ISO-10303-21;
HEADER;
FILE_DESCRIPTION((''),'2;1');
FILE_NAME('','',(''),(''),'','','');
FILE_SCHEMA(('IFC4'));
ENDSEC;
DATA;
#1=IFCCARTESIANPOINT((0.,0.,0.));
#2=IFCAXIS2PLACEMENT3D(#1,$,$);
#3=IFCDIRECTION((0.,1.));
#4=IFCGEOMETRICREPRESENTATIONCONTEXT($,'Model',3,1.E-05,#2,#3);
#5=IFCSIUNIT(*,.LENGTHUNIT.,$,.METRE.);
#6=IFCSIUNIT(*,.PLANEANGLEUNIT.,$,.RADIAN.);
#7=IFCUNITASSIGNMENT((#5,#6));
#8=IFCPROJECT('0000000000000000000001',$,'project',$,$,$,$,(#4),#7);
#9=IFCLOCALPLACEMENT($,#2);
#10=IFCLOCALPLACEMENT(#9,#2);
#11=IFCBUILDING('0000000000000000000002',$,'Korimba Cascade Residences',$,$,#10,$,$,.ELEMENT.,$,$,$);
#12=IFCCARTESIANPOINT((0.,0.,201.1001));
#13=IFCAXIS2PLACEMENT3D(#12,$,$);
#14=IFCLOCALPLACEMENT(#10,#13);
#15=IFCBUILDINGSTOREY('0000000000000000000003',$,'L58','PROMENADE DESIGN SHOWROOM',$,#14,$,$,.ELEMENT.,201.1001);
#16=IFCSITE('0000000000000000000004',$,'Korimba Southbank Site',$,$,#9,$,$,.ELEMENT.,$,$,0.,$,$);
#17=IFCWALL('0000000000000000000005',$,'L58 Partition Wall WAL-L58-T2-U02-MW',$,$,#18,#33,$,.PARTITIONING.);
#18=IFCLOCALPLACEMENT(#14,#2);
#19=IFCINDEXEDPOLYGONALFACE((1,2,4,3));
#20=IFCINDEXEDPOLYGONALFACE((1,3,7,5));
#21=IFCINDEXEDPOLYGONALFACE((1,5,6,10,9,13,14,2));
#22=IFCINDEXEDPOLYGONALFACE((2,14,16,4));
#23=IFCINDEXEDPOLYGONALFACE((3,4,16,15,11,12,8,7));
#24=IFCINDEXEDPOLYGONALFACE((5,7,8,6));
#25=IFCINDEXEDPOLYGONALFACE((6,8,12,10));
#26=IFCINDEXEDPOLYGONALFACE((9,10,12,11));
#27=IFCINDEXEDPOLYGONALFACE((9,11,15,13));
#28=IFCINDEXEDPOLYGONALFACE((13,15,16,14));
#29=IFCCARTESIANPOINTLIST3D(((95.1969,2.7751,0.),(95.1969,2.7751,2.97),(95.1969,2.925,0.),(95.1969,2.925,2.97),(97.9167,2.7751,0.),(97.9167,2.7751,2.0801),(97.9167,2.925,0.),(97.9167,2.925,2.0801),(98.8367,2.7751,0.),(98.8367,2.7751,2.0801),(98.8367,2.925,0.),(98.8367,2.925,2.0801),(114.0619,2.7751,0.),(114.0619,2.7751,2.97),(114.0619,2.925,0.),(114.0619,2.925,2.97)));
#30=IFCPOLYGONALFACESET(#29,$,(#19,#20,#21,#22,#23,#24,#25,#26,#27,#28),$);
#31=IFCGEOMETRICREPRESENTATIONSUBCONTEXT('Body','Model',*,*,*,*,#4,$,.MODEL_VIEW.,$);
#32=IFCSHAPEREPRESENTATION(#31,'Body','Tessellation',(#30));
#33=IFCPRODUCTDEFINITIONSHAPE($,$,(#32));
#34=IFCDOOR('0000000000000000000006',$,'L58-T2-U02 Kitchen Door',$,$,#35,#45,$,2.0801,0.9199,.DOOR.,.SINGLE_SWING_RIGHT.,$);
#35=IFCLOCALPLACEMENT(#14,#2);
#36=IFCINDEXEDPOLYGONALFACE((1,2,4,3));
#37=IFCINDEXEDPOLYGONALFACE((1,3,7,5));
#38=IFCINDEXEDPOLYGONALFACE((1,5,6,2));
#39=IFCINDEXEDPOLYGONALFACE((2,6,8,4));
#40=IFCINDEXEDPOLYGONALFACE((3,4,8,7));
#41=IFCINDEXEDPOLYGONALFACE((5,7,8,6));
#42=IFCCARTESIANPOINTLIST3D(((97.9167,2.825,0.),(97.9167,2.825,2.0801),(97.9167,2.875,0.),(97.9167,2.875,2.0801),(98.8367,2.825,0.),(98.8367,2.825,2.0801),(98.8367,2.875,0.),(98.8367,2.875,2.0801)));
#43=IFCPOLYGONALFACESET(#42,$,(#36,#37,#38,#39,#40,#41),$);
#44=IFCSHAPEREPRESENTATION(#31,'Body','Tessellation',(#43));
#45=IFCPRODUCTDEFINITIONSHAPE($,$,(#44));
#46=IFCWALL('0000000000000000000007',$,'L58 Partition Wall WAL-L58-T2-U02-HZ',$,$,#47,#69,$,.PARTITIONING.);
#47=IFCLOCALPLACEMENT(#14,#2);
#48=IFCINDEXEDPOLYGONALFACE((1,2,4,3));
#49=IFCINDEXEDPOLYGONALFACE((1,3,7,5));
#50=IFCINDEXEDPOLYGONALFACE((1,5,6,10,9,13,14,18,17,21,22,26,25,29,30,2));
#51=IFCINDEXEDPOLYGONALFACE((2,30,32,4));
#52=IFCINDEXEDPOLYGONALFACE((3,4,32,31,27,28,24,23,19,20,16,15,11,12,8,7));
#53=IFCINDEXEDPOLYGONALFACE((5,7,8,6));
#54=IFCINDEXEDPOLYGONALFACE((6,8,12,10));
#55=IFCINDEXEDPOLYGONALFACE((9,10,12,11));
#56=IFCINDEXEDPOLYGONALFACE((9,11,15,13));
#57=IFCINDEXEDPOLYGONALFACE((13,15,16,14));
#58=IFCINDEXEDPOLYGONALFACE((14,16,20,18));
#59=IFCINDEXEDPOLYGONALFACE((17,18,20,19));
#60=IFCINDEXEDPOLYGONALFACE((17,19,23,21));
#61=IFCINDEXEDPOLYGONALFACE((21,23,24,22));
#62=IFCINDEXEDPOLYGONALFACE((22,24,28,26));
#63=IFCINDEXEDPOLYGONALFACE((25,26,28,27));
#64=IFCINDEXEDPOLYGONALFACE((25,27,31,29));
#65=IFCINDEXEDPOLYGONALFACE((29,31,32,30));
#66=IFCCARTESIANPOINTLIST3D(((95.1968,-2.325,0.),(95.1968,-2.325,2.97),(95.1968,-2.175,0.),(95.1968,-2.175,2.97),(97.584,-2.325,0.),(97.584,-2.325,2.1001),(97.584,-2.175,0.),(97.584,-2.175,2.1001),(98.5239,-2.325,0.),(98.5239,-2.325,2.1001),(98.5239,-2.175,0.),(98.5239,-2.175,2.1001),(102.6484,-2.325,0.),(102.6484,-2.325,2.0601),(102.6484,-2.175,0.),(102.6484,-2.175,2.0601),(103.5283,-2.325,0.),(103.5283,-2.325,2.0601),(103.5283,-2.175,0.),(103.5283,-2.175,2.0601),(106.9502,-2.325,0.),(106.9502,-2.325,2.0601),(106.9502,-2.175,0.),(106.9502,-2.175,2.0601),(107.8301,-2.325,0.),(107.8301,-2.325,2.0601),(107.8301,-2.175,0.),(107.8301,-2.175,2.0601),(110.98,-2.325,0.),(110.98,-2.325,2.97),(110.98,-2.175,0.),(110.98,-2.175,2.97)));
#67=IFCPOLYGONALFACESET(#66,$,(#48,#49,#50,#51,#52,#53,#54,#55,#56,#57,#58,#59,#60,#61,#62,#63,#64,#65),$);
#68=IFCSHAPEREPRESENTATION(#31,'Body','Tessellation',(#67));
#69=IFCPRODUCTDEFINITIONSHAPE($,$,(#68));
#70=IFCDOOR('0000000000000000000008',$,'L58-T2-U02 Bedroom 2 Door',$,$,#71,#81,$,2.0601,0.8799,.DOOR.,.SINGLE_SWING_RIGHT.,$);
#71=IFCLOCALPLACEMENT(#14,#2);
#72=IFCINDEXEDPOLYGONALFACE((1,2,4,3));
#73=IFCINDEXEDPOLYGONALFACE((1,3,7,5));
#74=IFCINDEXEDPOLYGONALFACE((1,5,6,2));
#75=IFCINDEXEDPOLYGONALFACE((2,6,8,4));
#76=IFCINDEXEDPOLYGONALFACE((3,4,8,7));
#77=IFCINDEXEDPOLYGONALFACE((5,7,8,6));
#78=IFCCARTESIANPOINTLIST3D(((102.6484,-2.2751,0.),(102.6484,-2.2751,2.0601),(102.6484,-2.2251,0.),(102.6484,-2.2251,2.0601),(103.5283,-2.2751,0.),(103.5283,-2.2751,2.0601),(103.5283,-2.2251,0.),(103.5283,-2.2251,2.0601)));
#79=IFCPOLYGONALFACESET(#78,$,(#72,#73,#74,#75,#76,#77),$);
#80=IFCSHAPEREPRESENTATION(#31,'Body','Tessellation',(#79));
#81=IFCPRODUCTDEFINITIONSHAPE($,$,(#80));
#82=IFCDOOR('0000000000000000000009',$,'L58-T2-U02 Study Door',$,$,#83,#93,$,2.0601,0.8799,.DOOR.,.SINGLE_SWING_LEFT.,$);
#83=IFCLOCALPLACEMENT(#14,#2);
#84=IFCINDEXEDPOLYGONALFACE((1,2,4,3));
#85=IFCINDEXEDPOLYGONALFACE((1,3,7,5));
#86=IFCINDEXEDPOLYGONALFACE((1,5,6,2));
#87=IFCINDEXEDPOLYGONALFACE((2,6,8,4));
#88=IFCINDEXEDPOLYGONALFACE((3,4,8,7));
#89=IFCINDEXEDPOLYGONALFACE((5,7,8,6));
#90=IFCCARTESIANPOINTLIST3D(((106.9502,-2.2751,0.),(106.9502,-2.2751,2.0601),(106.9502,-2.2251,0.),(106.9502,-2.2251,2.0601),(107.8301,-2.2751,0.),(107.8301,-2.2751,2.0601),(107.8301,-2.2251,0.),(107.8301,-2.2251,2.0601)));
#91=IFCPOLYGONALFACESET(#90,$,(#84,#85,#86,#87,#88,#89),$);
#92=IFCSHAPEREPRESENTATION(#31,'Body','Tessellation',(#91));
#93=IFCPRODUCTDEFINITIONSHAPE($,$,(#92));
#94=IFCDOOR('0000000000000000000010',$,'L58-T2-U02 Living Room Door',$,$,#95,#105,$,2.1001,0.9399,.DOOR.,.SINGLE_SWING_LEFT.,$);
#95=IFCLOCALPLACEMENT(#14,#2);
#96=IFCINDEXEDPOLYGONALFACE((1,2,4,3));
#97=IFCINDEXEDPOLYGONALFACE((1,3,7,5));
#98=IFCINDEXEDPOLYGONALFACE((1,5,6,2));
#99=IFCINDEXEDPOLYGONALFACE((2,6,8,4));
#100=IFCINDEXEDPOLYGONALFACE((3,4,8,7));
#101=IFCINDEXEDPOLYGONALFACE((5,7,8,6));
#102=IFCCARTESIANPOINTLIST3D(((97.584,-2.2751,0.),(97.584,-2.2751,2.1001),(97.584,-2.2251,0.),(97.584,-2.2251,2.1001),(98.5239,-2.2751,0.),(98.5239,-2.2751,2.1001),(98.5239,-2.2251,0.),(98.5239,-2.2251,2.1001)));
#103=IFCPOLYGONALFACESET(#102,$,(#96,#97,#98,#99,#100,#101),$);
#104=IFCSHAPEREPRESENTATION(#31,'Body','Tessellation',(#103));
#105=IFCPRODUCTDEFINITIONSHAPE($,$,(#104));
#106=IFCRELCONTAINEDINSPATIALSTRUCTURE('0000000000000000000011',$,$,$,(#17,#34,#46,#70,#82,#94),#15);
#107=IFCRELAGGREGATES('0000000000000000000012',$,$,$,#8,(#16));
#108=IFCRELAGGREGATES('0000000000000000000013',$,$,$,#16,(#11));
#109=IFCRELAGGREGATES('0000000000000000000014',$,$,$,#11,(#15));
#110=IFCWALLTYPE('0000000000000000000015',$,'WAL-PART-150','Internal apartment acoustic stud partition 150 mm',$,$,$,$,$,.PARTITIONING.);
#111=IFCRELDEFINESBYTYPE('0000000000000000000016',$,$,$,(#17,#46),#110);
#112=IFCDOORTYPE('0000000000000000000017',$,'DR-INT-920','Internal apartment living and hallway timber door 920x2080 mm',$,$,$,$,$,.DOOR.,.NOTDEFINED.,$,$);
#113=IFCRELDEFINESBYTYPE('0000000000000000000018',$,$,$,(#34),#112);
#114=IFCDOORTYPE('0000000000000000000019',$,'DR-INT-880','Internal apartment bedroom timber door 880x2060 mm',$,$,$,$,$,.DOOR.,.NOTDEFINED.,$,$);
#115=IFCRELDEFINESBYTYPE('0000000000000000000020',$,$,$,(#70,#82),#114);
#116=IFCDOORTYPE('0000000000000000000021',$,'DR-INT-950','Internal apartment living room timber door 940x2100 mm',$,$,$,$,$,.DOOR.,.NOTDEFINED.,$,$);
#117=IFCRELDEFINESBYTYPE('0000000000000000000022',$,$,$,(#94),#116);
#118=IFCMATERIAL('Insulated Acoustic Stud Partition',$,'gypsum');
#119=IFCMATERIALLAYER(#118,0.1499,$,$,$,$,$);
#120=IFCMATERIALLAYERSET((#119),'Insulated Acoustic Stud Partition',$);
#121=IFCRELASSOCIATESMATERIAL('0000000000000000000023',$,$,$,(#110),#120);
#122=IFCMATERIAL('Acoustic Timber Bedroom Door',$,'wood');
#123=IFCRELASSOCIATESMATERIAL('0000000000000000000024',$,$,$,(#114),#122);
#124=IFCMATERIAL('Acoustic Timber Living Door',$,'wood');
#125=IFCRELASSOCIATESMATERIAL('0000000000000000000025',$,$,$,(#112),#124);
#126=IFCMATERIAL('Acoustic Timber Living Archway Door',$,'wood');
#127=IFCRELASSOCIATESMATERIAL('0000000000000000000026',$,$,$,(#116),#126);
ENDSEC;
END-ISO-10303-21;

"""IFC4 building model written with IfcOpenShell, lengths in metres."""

from ifc_helpers import new_model, si_unit, direction, frame, frame_2d, origin, place, context, subcontext, project, spatial, rectangle, extrude, material, layer, layer_set, type_object, element, fill, save


model = new_model("IFC4")

# Units and contexts
model_context = context("Model", 3, precision=1e-05, world=origin(), true_north=direction((0.0, 1.0)))
body_context = subcontext(model_context, "Body", "Model", "MODEL_VIEW")
ifc_project = project(units=[si_unit("LENGTHUNIT", "METRE"), si_unit("PLANEANGLEUNIT", "RADIAN")], contexts=[model_context])

# Site, building, storey
site_placement = place(None, origin())
site = spatial("IfcSite", under=ifc_project, at=site_placement, Name="Korimba Southbank Site", CompositionType="ELEMENT", RefElevation=0.0)
building_placement = place(site_placement, origin())
building = spatial("IfcBuilding", under=site, at=building_placement, Name="Korimba Cascade Residences", CompositionType="ELEMENT")
storey_placement = place(building_placement, frame((0.0, 0.0, 201.1001)))
storey = spatial("IfcBuildingStorey", under=building, at=storey_placement, Name="L58", Description="PROMENADE DESIGN SHOWROOM", CompositionType="ELEMENT", Elevation=201.1001)

# Shared definitions
ifc_material_1 = material(Name="Insulated Acoustic Stud Partition", Category="gypsum")
ifc_layer_1 = layer(ifc_material_1, 0.1499)
ifc_layer_set_1 = layer_set([ifc_layer_1], Name="Insulated Acoustic Stud Partition")
wall_type_1 = type_object("IfcWallType", Name="WAL-PART-150", Description="Internal apartment acoustic stud partition 150 mm", PredefinedType="PARTITIONING", material=ifc_layer_set_1)

# Shared definitions
ifc_material_2 = material(Name="Acoustic Timber Bedroom Door", Category="wood")
door_type_1 = type_object("IfcDoorType", Name="DR-INT-880", Description="Internal apartment bedroom timber door 880x2060 mm", OperationType="NOTDEFINED", PredefinedType="DOOR", material=ifc_material_2)

# Wall, opening, door
wall_1_placement = place(storey_placement, frame((95.1968, 2.8501, 0.0), z_axis=(0.0, 0.0, 1.0), x_axis=(1.0, 0.0, 0.0)))
wall_1 = element("IfcWall", 1, at=wall_1_placement, inside=storey, type_object=wall_type_1, Name="L58 Partition Wall WAL-L58-T2-U02-MW", PredefinedType="PARTITIONING", context=body_context, shape_type="SweptSolid", body=[
    extrude(rectangle(XDim=18.865, YDim=0.1499, at=frame_2d((9.4326, 0.0))), origin(), (0.0, 0.0, 1.0), 2.97),
])
opening_1_placement = place(wall_1_placement, frame((2.72, 0.0, 0.0)))
opening_1 = element("IfcOpeningElement", 2, at=opening_1_placement, cuts=wall_1, PredefinedType="OPENING", context=body_context, shape_type="SweptSolid", body=[
    extrude(rectangle(XDim=0.9199, YDim=2.0801, at=frame_2d((0.46, 1.04))), frame((0.0, 0.085, 0.0), z_axis=(0.0, -1.0, 0.0), x_axis=(1.0, 0.0, 0.0)), (0.0, 0.0, 1.0), 0.1699),
])
ifc_material_3 = material(Name="Acoustic Timber Living Door", Category="wood")
door_type_2 = type_object("IfcDoorType", Name="DR-INT-920", Description="Internal apartment living and hallway timber door 920x2080 mm", OperationType="NOTDEFINED", PredefinedType="DOOR", material=ifc_material_3)
door_1_placement = place(opening_1_placement, origin())
door_1 = element("IfcDoor", 3, at=door_1_placement, inside=storey, type_object=door_type_2, Name="L58-T2-U02 Kitchen Door", OperationType="SINGLE_SWING_RIGHT", OverallHeight=2.0801, OverallWidth=0.9199, PredefinedType="DOOR", context=body_context, shape_type="SweptSolid", body=[
    extrude(rectangle(XDim=0.9199, YDim=2.0801, at=frame_2d((0.46, 1.04))), frame((0.0, 0.0249, 0.0), z_axis=(0.0, -1.0, 0.0), x_axis=(1.0, 0.0, 0.0)), (0.0, 0.0, 1.0), 0.05),
])
fill(opening_1, door_1)

# Wall, openings, doors
wall_2_placement = place(storey_placement, frame((95.1968, -2.25, 0.0), z_axis=(0.0, 0.0, 1.0), x_axis=(1.0, 0.0, 0.0)))
wall_2 = element("IfcWall", 4, at=wall_2_placement, inside=storey, type_object=wall_type_1, Name="L58 Partition Wall WAL-L58-T2-U02-HZ", PredefinedType="PARTITIONING", context=body_context, shape_type="SweptSolid", body=[
    extrude(rectangle(XDim=15.7832, YDim=0.1499, at=frame_2d((7.8916, 0.0))), origin(), (0.0, 0.0, 1.0), 2.97),
])
opening_2_placement = place(wall_2_placement, frame((2.3872, 0.0, 0.0)))
opening_2 = element("IfcOpeningElement", 5, at=opening_2_placement, cuts=wall_2, PredefinedType="OPENING", context=body_context, shape_type="SweptSolid", body=[
    extrude(rectangle(XDim=0.9399, YDim=2.1001, at=frame_2d((0.47, 1.05))), frame((0.0, 0.085, 0.0), z_axis=(0.0, -1.0, 0.0), x_axis=(1.0, 0.0, 0.0)), (0.0, 0.0, 1.0), 0.1699),
])
opening_3_placement = place(wall_2_placement, frame((7.4517, 0.0, 0.0)))
opening_3 = element("IfcOpeningElement", 6, at=opening_3_placement, cuts=wall_2, PredefinedType="OPENING", context=body_context, shape_type="SweptSolid", body=[
    extrude(rectangle(XDim=0.8799, YDim=2.0601, at=frame_2d((0.4399, 1.03))), frame((0.0, 0.085, 0.0), z_axis=(0.0, -1.0, 0.0), x_axis=(1.0, 0.0, 0.0)), (0.0, 0.0, 1.0), 0.1699),
])
opening_4_placement = place(wall_2_placement, frame((11.7534, 0.0, 0.0)))
opening_4 = element("IfcOpeningElement", 7, at=opening_4_placement, cuts=wall_2, PredefinedType="OPENING", context=body_context, shape_type="SweptSolid", body=[
    extrude(rectangle(XDim=0.8799, YDim=2.0601, at=frame_2d((0.4399, 1.03))), frame((0.0, 0.085, 0.0), z_axis=(0.0, -1.0, 0.0), x_axis=(1.0, 0.0, 0.0)), (0.0, 0.0, 1.0), 0.1699),
])
door_2_placement = place(opening_3_placement, origin())
door_2 = element("IfcDoor", 8, at=door_2_placement, inside=storey, type_object=door_type_1, Name="L58-T2-U02 Bedroom 2 Door", OperationType="SINGLE_SWING_RIGHT", OverallHeight=2.0601, OverallWidth=0.8799, PredefinedType="DOOR", context=body_context, shape_type="SweptSolid", body=[
    extrude(rectangle(XDim=0.8799, YDim=2.0601, at=frame_2d((0.4399, 1.03))), frame((0.0, 0.0249, 0.0), z_axis=(0.0, -1.0, 0.0), x_axis=(1.0, 0.0, 0.0)), (0.0, 0.0, 1.0), 0.05),
])
fill(opening_3, door_2)
door_3_placement = place(opening_4_placement, origin())
door_3 = element("IfcDoor", 9, at=door_3_placement, inside=storey, type_object=door_type_1, Name="L58-T2-U02 Study Door", OperationType="SINGLE_SWING_LEFT", OverallHeight=2.0601, OverallWidth=0.8799, PredefinedType="DOOR", context=body_context, shape_type="SweptSolid", body=[
    extrude(rectangle(XDim=0.8799, YDim=2.0601, at=frame_2d((0.4399, 1.03))), frame((0.0, 0.0249, 0.0), z_axis=(0.0, -1.0, 0.0), x_axis=(1.0, 0.0, 0.0)), (0.0, 0.0, 1.0), 0.05),
])
fill(opening_4, door_3)
ifc_material_4 = material(Name="Acoustic Timber Living Archway Door", Category="wood")
door_type_3 = type_object("IfcDoorType", Name="DR-INT-950", Description="Internal apartment living room timber door 940x2100 mm", OperationType="NOTDEFINED", PredefinedType="DOOR", material=ifc_material_4)
door_4_placement = place(opening_2_placement, origin())
door_4 = element("IfcDoor", 10, at=door_4_placement, inside=storey, type_object=door_type_3, Name="L58-T2-U02 Living Room Door", OperationType="SINGLE_SWING_LEFT", OverallHeight=2.1001, OverallWidth=0.9399, PredefinedType="DOOR", context=body_context, shape_type="SweptSolid", body=[
    extrude(rectangle(XDim=0.9399, YDim=2.1001, at=frame_2d((0.47, 1.05))), frame((0.0, 0.0249, 0.0), z_axis=(0.0, -1.0, 0.0), x_axis=(1.0, 0.0, 0.0)), (0.0, 0.0, 1.0), 0.05),
])
fill(opening_2, door_4)

save(model, "model.ifc")
